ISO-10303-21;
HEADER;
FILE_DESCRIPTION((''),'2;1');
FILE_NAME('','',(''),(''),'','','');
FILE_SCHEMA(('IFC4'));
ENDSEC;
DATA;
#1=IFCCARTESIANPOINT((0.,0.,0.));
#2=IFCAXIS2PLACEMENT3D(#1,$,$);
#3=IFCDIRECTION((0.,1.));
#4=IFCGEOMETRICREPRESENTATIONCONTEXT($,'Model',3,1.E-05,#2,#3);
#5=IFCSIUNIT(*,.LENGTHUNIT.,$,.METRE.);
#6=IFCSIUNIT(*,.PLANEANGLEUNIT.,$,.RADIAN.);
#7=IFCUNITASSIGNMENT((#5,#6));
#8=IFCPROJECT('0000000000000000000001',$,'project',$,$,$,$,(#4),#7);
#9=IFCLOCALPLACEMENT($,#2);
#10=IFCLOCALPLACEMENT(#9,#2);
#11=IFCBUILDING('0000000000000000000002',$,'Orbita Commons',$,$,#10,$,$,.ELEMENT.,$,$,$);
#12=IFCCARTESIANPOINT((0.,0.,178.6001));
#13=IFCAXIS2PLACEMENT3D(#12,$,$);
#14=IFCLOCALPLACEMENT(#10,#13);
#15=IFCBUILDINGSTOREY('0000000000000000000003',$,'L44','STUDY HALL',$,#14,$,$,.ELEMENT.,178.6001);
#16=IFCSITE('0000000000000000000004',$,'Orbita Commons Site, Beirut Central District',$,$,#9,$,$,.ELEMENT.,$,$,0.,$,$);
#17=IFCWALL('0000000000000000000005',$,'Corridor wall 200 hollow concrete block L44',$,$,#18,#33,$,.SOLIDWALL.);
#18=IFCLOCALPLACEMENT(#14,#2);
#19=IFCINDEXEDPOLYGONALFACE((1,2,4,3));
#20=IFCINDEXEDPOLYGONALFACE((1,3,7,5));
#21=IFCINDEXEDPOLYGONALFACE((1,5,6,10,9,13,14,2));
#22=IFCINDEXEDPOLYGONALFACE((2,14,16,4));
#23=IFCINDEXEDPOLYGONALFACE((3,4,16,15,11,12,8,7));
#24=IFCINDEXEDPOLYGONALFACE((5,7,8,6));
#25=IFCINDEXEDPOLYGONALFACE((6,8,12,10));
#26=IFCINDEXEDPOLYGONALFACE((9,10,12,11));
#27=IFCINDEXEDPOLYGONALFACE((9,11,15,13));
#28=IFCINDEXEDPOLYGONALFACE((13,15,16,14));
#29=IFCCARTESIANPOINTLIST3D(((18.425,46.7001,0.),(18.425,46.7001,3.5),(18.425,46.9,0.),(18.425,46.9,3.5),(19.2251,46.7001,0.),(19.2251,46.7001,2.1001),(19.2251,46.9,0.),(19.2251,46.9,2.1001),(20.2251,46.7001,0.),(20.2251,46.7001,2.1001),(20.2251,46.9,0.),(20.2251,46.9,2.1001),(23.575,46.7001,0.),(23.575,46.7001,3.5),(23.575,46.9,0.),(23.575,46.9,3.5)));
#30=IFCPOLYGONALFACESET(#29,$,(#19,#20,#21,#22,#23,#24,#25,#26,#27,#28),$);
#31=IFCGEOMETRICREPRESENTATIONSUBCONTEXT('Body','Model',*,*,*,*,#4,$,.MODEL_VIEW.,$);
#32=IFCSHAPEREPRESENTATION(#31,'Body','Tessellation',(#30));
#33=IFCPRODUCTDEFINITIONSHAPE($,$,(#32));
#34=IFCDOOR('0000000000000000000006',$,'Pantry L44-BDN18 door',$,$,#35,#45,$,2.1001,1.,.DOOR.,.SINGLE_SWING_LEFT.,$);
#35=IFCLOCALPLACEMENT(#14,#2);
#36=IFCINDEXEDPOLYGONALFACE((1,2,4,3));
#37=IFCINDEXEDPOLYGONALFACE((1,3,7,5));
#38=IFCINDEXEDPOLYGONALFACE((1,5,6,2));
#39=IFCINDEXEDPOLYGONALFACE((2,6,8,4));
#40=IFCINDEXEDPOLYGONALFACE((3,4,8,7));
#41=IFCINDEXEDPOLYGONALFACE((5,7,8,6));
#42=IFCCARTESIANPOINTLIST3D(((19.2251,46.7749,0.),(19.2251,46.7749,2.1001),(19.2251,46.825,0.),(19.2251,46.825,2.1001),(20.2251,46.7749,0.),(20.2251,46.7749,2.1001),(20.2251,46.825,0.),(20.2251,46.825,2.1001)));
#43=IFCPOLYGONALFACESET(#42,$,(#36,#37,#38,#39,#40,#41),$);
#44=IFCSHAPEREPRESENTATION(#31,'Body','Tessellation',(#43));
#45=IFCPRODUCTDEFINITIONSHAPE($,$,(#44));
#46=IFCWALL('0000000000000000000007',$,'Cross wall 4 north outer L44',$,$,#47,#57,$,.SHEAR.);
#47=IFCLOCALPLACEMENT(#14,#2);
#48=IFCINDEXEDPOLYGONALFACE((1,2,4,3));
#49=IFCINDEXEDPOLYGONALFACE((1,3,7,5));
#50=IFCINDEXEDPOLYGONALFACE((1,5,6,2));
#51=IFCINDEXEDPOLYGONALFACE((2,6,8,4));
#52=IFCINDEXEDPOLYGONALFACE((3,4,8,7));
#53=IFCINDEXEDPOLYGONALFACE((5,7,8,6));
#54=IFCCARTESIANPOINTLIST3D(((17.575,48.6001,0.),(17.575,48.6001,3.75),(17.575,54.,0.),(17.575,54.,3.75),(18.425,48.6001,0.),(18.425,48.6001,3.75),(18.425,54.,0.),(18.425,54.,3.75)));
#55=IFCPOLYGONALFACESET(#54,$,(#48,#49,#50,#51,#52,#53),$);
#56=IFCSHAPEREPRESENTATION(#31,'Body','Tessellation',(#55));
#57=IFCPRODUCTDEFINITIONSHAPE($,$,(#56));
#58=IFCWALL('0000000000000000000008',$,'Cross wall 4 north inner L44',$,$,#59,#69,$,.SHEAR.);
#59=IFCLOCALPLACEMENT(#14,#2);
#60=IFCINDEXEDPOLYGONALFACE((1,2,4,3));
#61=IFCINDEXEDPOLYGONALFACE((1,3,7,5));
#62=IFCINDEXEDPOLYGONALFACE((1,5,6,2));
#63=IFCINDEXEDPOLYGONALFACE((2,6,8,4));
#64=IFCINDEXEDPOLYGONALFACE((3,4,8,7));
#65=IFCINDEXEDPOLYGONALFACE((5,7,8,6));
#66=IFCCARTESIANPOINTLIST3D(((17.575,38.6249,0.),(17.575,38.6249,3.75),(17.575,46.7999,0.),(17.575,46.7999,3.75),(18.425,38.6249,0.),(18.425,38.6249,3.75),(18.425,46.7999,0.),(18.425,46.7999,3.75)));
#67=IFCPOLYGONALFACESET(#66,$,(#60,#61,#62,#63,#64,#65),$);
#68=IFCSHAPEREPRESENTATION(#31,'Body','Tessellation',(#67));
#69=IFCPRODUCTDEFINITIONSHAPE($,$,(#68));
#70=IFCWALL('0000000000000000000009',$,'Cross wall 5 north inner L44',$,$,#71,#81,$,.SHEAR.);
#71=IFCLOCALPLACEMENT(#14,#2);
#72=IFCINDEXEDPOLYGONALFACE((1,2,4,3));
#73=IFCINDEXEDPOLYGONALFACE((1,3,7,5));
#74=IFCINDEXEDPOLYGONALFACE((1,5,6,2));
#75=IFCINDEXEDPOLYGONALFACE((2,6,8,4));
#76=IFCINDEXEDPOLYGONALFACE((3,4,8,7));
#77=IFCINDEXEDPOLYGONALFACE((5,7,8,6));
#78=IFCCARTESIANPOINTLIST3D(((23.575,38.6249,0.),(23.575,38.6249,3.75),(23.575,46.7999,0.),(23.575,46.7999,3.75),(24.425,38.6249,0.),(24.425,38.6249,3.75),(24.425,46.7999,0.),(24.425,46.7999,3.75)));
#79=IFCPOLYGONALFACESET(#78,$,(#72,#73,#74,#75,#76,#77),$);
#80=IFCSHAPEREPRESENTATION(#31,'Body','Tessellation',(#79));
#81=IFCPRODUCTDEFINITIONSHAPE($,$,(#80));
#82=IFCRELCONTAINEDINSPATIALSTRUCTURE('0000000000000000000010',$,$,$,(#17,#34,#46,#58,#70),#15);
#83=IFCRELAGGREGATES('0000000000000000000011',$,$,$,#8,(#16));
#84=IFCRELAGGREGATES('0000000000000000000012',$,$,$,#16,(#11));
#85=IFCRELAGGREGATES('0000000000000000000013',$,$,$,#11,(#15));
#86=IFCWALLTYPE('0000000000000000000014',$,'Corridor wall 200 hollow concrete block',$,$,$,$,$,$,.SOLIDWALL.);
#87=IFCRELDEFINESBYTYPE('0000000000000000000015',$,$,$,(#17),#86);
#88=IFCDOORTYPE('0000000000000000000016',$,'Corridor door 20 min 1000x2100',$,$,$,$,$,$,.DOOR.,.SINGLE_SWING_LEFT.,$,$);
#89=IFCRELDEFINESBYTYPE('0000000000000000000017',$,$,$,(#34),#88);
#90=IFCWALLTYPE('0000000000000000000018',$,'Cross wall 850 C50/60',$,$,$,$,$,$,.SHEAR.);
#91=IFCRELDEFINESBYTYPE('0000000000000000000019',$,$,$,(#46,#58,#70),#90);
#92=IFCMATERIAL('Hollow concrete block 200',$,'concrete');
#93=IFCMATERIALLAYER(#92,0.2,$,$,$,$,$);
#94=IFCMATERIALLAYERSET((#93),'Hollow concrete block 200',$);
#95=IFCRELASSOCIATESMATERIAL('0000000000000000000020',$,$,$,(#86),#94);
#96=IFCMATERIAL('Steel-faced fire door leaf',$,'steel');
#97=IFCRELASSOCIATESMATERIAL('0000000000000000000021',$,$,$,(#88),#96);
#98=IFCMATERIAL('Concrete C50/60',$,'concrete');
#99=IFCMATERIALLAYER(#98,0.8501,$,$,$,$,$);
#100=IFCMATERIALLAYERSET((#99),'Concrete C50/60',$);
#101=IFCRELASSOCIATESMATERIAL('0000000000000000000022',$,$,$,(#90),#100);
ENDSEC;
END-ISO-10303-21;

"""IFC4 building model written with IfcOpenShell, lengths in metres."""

from ifc_helpers import new_model, si_unit, direction, frame, frame_2d, origin, place, context, subcontext, project, spatial, rectangle, extrude, material, layer, layer_set, type_object, element, fill, save


model = new_model("IFC4")

# Units and contexts
model_context = context("Model", 3, precision=1e-05, world=origin(), true_north=direction((0.0, 1.0)))
body_context = subcontext(model_context, "Body", "Model", "MODEL_VIEW")
ifc_project = project(units=[si_unit("LENGTHUNIT", "METRE"), si_unit("PLANEANGLEUNIT", "RADIAN")], contexts=[model_context])

# Site, building, storey
site_placement = place(None, origin())
site = spatial("IfcSite", under=ifc_project, at=site_placement, Name="Orbita Commons Site, Beirut Central District", CompositionType="ELEMENT", RefElevation=0.0)
building_placement = place(site_placement, origin())
building = spatial("IfcBuilding", under=site, at=building_placement, Name="Orbita Commons", CompositionType="ELEMENT")
storey_placement = place(building_placement, frame((0.0, 0.0, 178.6001)))
storey = spatial("IfcBuildingStorey", under=building, at=storey_placement, Name="L44", Description="STUDY HALL", CompositionType="ELEMENT", Elevation=178.6001)

# Wall, opening, door
ifc_material_1 = material(Name="Hollow concrete block 200", Category="concrete")
ifc_layer_1 = layer(ifc_material_1, 0.2)
ifc_layer_set_1 = layer_set([ifc_layer_1], Name="Hollow concrete block 200")
wall_type_1 = type_object("IfcWallType", Name="Corridor wall 200 hollow concrete block", PredefinedType="SOLIDWALL", material=ifc_layer_set_1)
wall_1_placement = place(storey_placement, frame((18.425, 46.8, 0.0), z_axis=(0.0, 0.0, 1.0), x_axis=(1.0, 0.0, 0.0)))
wall_1 = element("IfcWall", 1, at=wall_1_placement, inside=storey, type_object=wall_type_1, Name="Corridor wall 200 hollow concrete block L44", PredefinedType="SOLIDWALL", context=body_context, shape_type="SweptSolid", body=[
    extrude(rectangle(XDim=5.1499, YDim=0.2, at=frame_2d((2.575, 0.0))), origin(), (0.0, 0.0, 1.0), 3.5),
])
opening_1_placement = place(wall_1_placement, frame((0.8, 0.0, 0.0)))
opening_1 = element("IfcOpeningElement", 2, at=opening_1_placement, cuts=wall_1, PredefinedType="OPENING", context=body_context, shape_type="SweptSolid", body=[
    extrude(rectangle(XDim=1.0, YDim=2.1001, at=frame_2d((0.5, 1.05))), frame((0.0, 0.1099, 0.0), z_axis=(0.0, -1.0, 0.0), x_axis=(1.0, 0.0, 0.0)), (0.0, 0.0, 1.0), 0.22),
])
ifc_material_2 = material(Name="Steel-faced fire door leaf", Category="steel")
door_type_1 = type_object("IfcDoorType", Name="Corridor door 20 min 1000x2100", OperationType="SINGLE_SWING_LEFT", PredefinedType="DOOR", material=ifc_material_2)
door_1_placement = place(opening_1_placement, origin())
door_1 = element("IfcDoor", 3, at=door_1_placement, inside=storey, type_object=door_type_1, Name="Pantry L44-BDN18 door", OperationType="SINGLE_SWING_LEFT", OverallHeight=2.1001, OverallWidth=1.0, PredefinedType="DOOR", context=body_context, shape_type="SweptSolid", body=[
    extrude(rectangle(XDim=1.0, YDim=2.1001, at=frame_2d((0.5, 1.05))), frame((0.0, 0.0249, 0.0), z_axis=(0.0, -1.0, 0.0), x_axis=(1.0, 0.0, 0.0)), (0.0, 0.0, 1.0), 0.05),
])
fill(opening_1, door_1)

# Walls
ifc_material_3 = material(Name="Concrete C50/60", Category="concrete")
ifc_layer_2 = layer(ifc_material_3, 0.8501)
ifc_layer_set_2 = layer_set([ifc_layer_2], Name="Concrete C50/60")
wall_type_2 = type_object("IfcWallType", Name="Cross wall 850 C50/60", PredefinedType="SHEAR", material=ifc_layer_set_2)
wall_2_placement = place(storey_placement, frame((18.0, 48.6001, 0.0), z_axis=(0.0, 0.0, 1.0), x_axis=(0.0, 1.0, 0.0)))
element("IfcWall", 4, at=wall_2_placement, inside=storey, type_object=wall_type_2, Name="Cross wall 4 north outer L44", PredefinedType="SHEAR", context=body_context, shape_type="SweptSolid", body=[
    extrude(rectangle(XDim=5.3999, YDim=0.8501, at=frame_2d((2.7, 0.0))), origin(), (0.0, 0.0, 1.0), 3.75),
])
for number, where, z_axis, x_axis, name in (
    (5, (18.0, 38.625, 0.0), (0.0, 0.0, 1.0), (0.0, 1.0, 0.0), "Cross wall 4 north inner L44"),
    (6, (24.0, 38.625, 0.0), (0.0, 0.0, 1.0), (0.0, 1.0, 0.0), "Cross wall 5 north inner L44"),
):
    element("IfcWall", number, at=place(storey_placement, frame(where, z_axis=z_axis, x_axis=x_axis)), inside=storey, type_object=wall_type_2, Name=name, PredefinedType="SHEAR", context=body_context, shape_type="SweptSolid", body=[
        extrude(rectangle(XDim=8.175, YDim=0.8501, at=frame_2d((4.0874, 0.0))), origin(), (0.0, 0.0, 1.0), 3.75),
    ])

save(model, "model.ifc")
